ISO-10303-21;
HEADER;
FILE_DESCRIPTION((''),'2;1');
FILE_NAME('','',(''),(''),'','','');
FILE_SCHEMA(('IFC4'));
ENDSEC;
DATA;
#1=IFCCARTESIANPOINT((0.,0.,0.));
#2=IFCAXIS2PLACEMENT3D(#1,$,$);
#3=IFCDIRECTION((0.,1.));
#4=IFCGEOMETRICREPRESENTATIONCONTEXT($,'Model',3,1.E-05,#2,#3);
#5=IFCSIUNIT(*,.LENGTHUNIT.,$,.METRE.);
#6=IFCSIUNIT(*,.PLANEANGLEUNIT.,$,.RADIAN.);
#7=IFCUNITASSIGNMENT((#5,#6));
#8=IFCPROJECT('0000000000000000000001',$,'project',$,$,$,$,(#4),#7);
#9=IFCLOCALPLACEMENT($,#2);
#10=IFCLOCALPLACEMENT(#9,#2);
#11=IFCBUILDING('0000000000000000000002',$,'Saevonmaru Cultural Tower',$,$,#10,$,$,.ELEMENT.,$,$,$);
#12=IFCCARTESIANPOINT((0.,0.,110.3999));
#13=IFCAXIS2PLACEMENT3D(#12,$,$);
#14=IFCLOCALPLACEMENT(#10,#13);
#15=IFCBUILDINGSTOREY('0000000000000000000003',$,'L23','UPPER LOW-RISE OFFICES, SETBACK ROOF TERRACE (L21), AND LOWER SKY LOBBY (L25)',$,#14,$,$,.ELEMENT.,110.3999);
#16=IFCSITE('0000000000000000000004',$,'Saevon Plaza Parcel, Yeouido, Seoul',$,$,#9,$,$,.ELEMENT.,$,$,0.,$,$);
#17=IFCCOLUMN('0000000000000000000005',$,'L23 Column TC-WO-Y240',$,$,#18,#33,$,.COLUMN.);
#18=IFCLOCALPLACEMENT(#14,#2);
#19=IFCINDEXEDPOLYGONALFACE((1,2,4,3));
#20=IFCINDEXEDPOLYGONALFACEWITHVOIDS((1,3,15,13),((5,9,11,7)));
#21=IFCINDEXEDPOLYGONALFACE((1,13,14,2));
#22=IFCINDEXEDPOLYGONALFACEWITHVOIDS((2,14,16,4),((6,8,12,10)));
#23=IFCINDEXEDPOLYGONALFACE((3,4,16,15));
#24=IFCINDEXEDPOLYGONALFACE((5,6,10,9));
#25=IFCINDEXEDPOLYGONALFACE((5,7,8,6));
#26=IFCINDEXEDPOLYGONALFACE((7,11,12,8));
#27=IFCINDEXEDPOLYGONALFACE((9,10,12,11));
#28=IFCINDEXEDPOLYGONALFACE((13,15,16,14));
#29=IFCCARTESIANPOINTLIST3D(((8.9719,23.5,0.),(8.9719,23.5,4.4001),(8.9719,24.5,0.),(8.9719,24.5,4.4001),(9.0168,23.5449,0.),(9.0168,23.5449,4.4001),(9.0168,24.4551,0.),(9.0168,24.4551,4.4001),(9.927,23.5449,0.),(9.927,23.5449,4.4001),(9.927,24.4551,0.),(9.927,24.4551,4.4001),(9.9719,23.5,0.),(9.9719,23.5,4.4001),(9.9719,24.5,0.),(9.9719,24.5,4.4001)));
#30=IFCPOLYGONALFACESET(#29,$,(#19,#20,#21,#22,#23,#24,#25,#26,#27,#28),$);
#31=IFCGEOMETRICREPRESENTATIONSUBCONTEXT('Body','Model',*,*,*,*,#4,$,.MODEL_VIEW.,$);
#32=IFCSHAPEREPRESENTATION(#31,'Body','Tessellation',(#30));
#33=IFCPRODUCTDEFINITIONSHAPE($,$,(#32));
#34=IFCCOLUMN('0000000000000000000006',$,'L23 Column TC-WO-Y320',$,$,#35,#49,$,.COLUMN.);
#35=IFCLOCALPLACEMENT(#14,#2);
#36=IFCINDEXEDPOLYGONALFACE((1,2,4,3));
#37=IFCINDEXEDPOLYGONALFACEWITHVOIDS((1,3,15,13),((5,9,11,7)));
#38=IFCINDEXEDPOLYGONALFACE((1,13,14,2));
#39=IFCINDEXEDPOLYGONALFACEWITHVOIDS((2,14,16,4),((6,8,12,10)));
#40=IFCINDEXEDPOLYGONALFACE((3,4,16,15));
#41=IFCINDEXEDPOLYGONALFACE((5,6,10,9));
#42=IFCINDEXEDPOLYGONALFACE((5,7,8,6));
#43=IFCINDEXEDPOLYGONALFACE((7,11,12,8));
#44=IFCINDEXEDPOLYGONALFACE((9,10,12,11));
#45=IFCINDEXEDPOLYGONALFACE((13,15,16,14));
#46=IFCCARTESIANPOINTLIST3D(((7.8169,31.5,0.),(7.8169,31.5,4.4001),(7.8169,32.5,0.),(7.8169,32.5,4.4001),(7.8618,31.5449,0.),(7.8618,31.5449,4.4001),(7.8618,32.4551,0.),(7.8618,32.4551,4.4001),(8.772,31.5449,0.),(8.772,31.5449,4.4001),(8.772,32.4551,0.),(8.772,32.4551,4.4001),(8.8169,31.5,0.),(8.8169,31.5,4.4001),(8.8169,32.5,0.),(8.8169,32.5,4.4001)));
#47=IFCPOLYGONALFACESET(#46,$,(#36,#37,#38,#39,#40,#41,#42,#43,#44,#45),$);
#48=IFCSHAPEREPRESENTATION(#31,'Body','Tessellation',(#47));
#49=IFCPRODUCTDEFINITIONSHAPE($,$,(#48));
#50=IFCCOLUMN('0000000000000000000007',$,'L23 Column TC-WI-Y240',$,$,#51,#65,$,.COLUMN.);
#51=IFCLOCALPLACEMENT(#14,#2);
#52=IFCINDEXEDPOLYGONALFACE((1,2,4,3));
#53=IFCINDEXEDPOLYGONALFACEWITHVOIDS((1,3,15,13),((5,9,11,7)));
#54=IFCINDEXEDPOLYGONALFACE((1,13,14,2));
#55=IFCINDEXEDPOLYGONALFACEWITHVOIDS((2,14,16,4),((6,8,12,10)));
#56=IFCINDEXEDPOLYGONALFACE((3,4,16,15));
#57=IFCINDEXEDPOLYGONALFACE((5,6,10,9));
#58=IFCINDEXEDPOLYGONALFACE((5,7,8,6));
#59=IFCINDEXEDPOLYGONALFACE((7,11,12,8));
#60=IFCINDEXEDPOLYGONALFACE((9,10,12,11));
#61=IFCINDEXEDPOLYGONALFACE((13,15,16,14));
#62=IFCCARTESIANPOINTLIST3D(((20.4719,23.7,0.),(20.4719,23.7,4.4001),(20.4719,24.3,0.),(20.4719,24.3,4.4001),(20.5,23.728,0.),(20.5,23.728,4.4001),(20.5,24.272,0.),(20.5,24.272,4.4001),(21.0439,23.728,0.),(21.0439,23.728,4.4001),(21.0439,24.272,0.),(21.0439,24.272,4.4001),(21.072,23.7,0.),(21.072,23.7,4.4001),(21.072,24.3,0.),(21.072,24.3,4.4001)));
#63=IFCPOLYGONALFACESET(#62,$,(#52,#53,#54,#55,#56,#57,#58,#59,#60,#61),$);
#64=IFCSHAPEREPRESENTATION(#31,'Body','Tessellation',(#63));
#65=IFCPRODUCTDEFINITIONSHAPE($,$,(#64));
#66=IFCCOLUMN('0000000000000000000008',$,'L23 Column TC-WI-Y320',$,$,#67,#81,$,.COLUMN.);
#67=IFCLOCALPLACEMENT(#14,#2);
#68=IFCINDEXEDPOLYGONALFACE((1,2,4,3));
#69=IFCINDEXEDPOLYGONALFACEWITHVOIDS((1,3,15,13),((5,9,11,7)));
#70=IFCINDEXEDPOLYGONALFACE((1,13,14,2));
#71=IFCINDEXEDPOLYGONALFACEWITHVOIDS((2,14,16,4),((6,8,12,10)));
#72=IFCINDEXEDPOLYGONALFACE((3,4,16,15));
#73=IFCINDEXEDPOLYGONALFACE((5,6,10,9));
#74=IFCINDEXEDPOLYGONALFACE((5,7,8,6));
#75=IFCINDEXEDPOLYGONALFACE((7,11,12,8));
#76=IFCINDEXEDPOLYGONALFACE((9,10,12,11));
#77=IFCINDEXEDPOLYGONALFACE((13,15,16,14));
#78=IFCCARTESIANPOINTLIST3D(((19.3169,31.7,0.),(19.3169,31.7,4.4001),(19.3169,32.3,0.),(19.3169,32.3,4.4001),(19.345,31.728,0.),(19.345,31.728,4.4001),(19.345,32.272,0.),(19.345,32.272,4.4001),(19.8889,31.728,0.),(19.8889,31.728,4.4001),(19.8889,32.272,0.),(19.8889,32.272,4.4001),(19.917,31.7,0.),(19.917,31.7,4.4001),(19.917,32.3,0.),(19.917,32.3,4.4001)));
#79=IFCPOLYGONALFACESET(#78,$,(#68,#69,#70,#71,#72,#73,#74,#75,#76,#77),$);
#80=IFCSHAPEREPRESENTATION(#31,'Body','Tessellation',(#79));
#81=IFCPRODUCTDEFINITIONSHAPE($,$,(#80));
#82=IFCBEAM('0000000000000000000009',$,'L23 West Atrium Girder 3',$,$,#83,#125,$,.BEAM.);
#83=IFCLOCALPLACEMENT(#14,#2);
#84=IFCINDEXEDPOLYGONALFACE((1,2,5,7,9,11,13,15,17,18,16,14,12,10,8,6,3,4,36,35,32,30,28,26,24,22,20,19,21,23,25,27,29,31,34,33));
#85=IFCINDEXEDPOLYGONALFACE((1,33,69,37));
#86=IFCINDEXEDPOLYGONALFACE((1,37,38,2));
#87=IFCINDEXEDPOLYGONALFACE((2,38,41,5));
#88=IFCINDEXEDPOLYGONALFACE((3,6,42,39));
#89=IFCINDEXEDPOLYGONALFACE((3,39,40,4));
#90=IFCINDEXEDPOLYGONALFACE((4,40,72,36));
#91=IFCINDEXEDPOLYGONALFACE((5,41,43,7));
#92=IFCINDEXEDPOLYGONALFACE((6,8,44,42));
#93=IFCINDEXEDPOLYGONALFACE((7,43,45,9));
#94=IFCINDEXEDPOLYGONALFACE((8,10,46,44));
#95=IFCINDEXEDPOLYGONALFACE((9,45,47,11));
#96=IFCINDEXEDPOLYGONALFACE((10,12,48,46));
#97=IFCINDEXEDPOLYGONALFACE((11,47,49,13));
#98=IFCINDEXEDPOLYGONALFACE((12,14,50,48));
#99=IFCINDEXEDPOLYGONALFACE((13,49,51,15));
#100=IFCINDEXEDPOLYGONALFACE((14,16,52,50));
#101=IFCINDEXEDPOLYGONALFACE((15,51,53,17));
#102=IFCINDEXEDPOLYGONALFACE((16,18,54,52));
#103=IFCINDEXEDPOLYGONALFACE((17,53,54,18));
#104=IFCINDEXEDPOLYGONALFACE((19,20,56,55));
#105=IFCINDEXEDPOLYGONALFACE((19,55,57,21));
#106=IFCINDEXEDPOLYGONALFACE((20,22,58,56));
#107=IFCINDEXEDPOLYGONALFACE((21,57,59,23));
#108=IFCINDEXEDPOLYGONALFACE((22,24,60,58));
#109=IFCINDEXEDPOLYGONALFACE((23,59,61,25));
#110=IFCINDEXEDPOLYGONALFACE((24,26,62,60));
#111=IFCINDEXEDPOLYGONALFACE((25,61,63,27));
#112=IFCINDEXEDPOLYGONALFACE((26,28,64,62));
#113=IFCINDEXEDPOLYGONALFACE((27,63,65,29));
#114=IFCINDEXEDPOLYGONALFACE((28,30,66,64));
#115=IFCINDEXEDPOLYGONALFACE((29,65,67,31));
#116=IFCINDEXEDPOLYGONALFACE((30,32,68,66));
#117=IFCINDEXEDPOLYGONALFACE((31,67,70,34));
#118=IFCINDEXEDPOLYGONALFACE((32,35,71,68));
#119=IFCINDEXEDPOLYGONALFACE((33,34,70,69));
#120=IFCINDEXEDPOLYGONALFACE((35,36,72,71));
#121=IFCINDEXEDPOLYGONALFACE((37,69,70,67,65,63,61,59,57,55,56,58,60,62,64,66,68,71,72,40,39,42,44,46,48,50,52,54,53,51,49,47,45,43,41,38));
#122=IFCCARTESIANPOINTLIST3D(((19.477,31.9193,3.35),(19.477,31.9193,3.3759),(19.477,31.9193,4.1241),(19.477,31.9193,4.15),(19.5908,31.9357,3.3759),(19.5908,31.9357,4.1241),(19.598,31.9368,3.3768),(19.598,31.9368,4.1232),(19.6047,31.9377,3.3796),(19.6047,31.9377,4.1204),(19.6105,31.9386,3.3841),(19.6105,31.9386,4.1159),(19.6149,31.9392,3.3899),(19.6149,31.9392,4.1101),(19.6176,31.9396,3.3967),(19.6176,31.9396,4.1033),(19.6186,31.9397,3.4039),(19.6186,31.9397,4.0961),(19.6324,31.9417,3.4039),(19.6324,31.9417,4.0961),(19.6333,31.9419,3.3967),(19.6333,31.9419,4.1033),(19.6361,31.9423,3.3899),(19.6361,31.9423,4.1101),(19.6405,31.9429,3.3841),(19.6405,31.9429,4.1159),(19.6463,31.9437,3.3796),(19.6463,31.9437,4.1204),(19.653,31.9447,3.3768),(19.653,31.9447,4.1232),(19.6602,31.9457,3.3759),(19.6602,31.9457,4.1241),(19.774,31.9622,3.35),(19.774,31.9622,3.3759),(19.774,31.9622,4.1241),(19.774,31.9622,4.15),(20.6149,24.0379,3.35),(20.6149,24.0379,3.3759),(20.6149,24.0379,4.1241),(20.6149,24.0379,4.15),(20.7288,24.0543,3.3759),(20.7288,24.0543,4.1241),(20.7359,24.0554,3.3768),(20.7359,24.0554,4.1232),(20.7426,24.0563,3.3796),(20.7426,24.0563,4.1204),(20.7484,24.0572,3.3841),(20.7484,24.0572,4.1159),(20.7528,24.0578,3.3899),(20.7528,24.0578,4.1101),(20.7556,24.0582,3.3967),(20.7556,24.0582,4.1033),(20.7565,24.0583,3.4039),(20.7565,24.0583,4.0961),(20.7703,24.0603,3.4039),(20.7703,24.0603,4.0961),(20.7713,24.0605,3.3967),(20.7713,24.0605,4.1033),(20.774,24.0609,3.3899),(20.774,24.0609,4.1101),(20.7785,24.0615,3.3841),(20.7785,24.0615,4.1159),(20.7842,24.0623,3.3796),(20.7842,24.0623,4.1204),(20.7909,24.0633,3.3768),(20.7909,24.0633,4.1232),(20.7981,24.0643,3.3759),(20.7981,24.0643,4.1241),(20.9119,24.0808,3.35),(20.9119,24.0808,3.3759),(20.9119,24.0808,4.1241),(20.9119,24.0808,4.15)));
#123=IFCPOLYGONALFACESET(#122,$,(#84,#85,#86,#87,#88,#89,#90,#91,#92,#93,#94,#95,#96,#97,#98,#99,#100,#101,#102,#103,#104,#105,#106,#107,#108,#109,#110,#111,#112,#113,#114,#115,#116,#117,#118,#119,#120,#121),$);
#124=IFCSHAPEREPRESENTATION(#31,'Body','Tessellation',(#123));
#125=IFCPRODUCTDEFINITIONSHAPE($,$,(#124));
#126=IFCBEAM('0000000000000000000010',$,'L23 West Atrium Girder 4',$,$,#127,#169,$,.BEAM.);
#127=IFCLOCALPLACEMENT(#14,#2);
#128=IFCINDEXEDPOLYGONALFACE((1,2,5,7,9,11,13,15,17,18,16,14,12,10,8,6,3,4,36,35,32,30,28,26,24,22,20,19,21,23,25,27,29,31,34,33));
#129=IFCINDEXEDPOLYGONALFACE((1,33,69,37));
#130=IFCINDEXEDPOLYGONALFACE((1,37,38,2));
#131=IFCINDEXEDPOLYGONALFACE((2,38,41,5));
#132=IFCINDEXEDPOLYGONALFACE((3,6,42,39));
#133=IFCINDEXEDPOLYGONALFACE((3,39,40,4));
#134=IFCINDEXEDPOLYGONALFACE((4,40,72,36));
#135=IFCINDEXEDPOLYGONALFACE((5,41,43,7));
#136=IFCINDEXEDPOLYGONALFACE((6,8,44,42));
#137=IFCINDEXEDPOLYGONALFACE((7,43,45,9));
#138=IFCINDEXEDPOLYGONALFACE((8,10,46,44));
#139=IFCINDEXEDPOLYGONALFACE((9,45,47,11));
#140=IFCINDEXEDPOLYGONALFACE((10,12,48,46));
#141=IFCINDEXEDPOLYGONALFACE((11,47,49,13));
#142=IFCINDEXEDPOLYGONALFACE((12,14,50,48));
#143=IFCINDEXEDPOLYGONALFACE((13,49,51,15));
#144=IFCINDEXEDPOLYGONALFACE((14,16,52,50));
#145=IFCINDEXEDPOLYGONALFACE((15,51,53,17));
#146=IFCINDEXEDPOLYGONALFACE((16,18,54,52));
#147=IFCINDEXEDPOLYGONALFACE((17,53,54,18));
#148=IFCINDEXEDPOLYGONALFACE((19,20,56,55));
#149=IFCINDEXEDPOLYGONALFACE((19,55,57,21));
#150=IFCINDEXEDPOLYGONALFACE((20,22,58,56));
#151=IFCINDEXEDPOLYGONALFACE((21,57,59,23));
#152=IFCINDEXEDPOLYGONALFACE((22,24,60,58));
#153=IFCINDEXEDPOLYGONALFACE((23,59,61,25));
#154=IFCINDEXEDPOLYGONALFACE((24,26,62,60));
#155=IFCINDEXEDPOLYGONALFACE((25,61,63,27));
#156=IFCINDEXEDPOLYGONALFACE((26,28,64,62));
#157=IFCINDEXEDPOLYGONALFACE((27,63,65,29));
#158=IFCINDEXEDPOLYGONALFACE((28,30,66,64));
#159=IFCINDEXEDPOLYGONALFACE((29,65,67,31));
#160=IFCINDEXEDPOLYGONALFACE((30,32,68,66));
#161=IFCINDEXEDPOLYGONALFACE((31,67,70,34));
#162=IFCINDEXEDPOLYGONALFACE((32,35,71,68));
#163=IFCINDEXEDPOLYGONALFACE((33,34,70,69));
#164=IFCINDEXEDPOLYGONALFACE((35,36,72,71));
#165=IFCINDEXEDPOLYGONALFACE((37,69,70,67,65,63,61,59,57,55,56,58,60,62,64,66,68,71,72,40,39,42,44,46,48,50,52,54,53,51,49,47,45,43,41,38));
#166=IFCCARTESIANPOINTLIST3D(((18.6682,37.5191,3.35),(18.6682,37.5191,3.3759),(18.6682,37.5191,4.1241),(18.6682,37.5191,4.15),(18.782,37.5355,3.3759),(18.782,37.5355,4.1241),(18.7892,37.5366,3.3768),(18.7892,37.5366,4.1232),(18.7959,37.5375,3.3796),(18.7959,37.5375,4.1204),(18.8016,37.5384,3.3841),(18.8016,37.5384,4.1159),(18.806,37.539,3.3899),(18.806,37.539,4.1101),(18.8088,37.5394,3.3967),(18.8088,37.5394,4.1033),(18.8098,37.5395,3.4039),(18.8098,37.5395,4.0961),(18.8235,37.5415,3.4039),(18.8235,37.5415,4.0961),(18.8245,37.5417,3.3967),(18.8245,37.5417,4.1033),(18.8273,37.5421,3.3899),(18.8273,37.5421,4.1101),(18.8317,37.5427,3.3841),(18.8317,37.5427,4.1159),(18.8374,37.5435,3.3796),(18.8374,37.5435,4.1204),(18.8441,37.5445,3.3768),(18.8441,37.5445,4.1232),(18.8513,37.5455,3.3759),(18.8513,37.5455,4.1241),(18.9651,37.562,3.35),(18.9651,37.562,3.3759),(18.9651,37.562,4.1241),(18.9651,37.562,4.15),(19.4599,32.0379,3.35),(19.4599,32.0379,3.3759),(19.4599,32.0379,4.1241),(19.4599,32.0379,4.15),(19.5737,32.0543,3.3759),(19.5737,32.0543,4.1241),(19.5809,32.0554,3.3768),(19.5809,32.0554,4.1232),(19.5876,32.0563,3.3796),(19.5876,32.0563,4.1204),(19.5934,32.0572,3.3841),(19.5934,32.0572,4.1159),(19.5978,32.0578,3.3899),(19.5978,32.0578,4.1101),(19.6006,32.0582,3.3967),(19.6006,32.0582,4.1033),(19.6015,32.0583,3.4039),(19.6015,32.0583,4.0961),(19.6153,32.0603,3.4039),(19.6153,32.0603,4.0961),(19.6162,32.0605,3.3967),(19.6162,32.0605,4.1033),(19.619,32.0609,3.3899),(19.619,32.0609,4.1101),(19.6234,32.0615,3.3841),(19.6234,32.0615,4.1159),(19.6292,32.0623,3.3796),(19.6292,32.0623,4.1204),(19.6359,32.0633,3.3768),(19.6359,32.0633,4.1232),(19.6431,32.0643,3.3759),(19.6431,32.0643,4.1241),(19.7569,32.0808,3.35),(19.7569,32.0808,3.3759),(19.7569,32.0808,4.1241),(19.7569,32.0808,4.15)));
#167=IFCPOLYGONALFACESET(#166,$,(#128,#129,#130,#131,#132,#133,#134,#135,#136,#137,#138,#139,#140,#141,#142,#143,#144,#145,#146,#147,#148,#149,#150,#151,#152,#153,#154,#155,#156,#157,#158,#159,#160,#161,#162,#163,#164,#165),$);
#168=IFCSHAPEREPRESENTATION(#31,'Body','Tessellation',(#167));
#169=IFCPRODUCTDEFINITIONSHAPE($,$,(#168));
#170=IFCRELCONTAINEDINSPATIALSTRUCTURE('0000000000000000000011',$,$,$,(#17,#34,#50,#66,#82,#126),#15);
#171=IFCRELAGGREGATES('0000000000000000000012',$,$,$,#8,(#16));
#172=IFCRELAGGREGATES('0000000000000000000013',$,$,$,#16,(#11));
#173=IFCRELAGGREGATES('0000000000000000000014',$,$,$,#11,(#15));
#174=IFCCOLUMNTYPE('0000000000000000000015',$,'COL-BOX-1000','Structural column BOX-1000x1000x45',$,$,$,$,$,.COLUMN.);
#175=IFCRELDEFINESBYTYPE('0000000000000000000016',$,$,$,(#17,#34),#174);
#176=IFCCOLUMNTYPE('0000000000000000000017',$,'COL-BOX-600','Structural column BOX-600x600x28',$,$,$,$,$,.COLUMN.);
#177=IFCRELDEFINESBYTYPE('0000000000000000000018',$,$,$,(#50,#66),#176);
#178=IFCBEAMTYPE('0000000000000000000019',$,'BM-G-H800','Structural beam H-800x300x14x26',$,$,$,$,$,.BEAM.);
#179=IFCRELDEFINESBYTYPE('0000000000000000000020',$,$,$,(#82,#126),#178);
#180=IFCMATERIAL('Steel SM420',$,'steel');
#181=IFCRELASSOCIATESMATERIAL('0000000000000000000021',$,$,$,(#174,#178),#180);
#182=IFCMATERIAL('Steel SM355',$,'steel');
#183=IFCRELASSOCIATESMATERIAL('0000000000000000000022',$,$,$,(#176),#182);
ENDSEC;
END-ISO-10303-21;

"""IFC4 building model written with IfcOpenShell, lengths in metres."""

from ifc_helpers import new_model, si_unit, direction, frame, origin, origin_2d, place, context, subcontext, project, spatial, hollow_rectangle, i_section, extrude, material, material_profile, profile_set, type_object, element, save


model = new_model("IFC4")

# Units and contexts
model_context = context("Model", 3, precision=1e-05, world=origin(), true_north=direction((0.0, 1.0)))
body_context = subcontext(model_context, "Body", "Model", "MODEL_VIEW")
ifc_project = project(units=[si_unit("LENGTHUNIT", "METRE"), si_unit("PLANEANGLEUNIT", "RADIAN")], contexts=[model_context])

# Site, building, storey
site_placement = place(None, origin())
site = spatial("IfcSite", under=ifc_project, at=site_placement, Name="Saevon Plaza Parcel, Yeouido, Seoul", CompositionType="ELEMENT", RefElevation=0.0)
building_placement = place(site_placement, origin())
building = spatial("IfcBuilding", under=site, at=building_placement, Name="Saevonmaru Cultural Tower", CompositionType="ELEMENT")
storey_placement = place(building_placement, frame((0.0, 0.0, 110.3999)))
storey = spatial("IfcBuildingStorey", under=building, at=storey_placement, Name="L23", Description="UPPER LOW-RISE OFFICES, SETBACK ROOF TERRACE (L21), AND LOWER SKY LOBBY (L25)", CompositionType="ELEMENT", Elevation=110.3999)

# Columns
ifc_material_1 = material(Name="Steel SM420", Category="steel")
ifc_material_profile_1 = material_profile(ifc_material_1, hollow_rectangle(XDim=1.0, YDim=1.0, WallThickness=0.0449, at=origin_2d()), Name="BOX-1000x1000x45")
ifc_profile_set_1 = profile_set([ifc_material_profile_1], Name="Steel SM420")
column_type_1 = type_object("IfcColumnType", Name="COL-BOX-1000", Description="Structural column BOX-1000x1000x45", PredefinedType="COLUMN", material=ifc_profile_set_1)
for number, where, z_axis, x_axis, name in (
    (1, (9.4719, 24.0, 0.0), (0.0, 0.0, 1.0), (1.0, 0.0, 0.0), "L23 Column TC-WO-Y240"),
    (2, (8.3169, 32.0, 0.0), (0.0, 0.0, 1.0), (1.0, 0.0, 0.0), "L23 Column TC-WO-Y320"),
):
    element("IfcColumn", number, at=place(storey_placement, frame(where, z_axis=z_axis, x_axis=x_axis)), inside=storey, type_object=column_type_1, Name=name, PredefinedType="COLUMN", context=body_context, shape_type="SweptSolid", body=[
        extrude(hollow_rectangle(XDim=1.0, YDim=1.0, WallThickness=0.0449, at=origin_2d()), origin(), (0.0, 0.0, 1.0), 4.4001),
    ])
ifc_material_2 = material(Name="Steel SM355", Category="steel")
ifc_material_profile_2 = material_profile(ifc_material_2, hollow_rectangle(XDim=0.6001, YDim=0.6001, WallThickness=0.0281, at=origin_2d()), Name="BOX-600x600x28")
ifc_profile_set_2 = profile_set([ifc_material_profile_2], Name="Steel SM355")
column_type_2 = type_object("IfcColumnType", Name="COL-BOX-600", Description="Structural column BOX-600x600x28", PredefinedType="COLUMN", material=ifc_profile_set_2)
for number, where, z_axis, x_axis, name in (
    (3, (20.772, 24.0, 0.0), (0.0, 0.0, 1.0), (1.0, 0.0, 0.0), "L23 Column TC-WI-Y240"),
    (4, (19.6169, 32.0, 0.0), (0.0, 0.0, 1.0), (1.0, 0.0, 0.0), "L23 Column TC-WI-Y320"),
):
    element("IfcColumn", number, at=place(storey_placement, frame(where, z_axis=z_axis, x_axis=x_axis)), inside=storey, type_object=column_type_2, Name=name, PredefinedType="COLUMN", context=body_context, shape_type="SweptSolid", body=[
        extrude(hollow_rectangle(XDim=0.6001, YDim=0.6001, WallThickness=0.0281, at=origin_2d()), origin(), (0.0, 0.0, 1.0), 4.4001),
    ])

# Beams
ifc_material_profile_3 = material_profile(ifc_material_1, i_section(OverallWidth=0.3, OverallDepth=0.8, WebThickness=0.0139, FlangeThickness=0.0259, FilletRadius=0.0281, at=origin_2d()), Name="H-800x300x14x26")
ifc_profile_set_3 = profile_set([ifc_material_profile_3], Name="Steel SM420")
beam_type_1 = type_object("IfcBeamType", Name="BM-G-H800", Description="Structural beam H-800x300x14x26", PredefinedType="BEAM", material=ifc_profile_set_3)
beam_1_placement = place(storey_placement, frame((20.7634, 24.0593, 3.75), z_axis=(-0.142902, 0.989737, 0.0), x_axis=(-0.989737, -0.142902, 0.0)))
element("IfcBeam", 5, at=beam_1_placement, inside=storey, type_object=beam_type_1, Name="L23 West Atrium Girder 3", PredefinedType="BEAM", context=body_context, shape_type="SweptSolid", body=[
    extrude(i_section(OverallWidth=0.3, OverallDepth=0.8, WebThickness=0.0139, FlangeThickness=0.0259, FilletRadius=0.0281, at=origin_2d()), origin(), (0.0, 0.0, 1.0), 7.9631),
])
beam_2_placement = place(storey_placement, frame((19.6084, 32.0593, 3.75), z_axis=(-0.142964, 0.989728, 0.0), x_axis=(-0.989728, -0.142964, 0.0)))
element("IfcBeam", 6, at=beam_2_placement, inside=storey, type_object=beam_type_1, Name="L23 West Atrium Girder 4", PredefinedType="BEAM", context=body_context, shape_type="SweptSolid", body=[
    extrude(i_section(OverallWidth=0.3, OverallDepth=0.8, WebThickness=0.0139, FlangeThickness=0.0259, FilletRadius=0.0281, at=origin_2d()), origin(), (0.0, 0.0, 1.0), 5.5381),
])

save(model, "model.ifc")
